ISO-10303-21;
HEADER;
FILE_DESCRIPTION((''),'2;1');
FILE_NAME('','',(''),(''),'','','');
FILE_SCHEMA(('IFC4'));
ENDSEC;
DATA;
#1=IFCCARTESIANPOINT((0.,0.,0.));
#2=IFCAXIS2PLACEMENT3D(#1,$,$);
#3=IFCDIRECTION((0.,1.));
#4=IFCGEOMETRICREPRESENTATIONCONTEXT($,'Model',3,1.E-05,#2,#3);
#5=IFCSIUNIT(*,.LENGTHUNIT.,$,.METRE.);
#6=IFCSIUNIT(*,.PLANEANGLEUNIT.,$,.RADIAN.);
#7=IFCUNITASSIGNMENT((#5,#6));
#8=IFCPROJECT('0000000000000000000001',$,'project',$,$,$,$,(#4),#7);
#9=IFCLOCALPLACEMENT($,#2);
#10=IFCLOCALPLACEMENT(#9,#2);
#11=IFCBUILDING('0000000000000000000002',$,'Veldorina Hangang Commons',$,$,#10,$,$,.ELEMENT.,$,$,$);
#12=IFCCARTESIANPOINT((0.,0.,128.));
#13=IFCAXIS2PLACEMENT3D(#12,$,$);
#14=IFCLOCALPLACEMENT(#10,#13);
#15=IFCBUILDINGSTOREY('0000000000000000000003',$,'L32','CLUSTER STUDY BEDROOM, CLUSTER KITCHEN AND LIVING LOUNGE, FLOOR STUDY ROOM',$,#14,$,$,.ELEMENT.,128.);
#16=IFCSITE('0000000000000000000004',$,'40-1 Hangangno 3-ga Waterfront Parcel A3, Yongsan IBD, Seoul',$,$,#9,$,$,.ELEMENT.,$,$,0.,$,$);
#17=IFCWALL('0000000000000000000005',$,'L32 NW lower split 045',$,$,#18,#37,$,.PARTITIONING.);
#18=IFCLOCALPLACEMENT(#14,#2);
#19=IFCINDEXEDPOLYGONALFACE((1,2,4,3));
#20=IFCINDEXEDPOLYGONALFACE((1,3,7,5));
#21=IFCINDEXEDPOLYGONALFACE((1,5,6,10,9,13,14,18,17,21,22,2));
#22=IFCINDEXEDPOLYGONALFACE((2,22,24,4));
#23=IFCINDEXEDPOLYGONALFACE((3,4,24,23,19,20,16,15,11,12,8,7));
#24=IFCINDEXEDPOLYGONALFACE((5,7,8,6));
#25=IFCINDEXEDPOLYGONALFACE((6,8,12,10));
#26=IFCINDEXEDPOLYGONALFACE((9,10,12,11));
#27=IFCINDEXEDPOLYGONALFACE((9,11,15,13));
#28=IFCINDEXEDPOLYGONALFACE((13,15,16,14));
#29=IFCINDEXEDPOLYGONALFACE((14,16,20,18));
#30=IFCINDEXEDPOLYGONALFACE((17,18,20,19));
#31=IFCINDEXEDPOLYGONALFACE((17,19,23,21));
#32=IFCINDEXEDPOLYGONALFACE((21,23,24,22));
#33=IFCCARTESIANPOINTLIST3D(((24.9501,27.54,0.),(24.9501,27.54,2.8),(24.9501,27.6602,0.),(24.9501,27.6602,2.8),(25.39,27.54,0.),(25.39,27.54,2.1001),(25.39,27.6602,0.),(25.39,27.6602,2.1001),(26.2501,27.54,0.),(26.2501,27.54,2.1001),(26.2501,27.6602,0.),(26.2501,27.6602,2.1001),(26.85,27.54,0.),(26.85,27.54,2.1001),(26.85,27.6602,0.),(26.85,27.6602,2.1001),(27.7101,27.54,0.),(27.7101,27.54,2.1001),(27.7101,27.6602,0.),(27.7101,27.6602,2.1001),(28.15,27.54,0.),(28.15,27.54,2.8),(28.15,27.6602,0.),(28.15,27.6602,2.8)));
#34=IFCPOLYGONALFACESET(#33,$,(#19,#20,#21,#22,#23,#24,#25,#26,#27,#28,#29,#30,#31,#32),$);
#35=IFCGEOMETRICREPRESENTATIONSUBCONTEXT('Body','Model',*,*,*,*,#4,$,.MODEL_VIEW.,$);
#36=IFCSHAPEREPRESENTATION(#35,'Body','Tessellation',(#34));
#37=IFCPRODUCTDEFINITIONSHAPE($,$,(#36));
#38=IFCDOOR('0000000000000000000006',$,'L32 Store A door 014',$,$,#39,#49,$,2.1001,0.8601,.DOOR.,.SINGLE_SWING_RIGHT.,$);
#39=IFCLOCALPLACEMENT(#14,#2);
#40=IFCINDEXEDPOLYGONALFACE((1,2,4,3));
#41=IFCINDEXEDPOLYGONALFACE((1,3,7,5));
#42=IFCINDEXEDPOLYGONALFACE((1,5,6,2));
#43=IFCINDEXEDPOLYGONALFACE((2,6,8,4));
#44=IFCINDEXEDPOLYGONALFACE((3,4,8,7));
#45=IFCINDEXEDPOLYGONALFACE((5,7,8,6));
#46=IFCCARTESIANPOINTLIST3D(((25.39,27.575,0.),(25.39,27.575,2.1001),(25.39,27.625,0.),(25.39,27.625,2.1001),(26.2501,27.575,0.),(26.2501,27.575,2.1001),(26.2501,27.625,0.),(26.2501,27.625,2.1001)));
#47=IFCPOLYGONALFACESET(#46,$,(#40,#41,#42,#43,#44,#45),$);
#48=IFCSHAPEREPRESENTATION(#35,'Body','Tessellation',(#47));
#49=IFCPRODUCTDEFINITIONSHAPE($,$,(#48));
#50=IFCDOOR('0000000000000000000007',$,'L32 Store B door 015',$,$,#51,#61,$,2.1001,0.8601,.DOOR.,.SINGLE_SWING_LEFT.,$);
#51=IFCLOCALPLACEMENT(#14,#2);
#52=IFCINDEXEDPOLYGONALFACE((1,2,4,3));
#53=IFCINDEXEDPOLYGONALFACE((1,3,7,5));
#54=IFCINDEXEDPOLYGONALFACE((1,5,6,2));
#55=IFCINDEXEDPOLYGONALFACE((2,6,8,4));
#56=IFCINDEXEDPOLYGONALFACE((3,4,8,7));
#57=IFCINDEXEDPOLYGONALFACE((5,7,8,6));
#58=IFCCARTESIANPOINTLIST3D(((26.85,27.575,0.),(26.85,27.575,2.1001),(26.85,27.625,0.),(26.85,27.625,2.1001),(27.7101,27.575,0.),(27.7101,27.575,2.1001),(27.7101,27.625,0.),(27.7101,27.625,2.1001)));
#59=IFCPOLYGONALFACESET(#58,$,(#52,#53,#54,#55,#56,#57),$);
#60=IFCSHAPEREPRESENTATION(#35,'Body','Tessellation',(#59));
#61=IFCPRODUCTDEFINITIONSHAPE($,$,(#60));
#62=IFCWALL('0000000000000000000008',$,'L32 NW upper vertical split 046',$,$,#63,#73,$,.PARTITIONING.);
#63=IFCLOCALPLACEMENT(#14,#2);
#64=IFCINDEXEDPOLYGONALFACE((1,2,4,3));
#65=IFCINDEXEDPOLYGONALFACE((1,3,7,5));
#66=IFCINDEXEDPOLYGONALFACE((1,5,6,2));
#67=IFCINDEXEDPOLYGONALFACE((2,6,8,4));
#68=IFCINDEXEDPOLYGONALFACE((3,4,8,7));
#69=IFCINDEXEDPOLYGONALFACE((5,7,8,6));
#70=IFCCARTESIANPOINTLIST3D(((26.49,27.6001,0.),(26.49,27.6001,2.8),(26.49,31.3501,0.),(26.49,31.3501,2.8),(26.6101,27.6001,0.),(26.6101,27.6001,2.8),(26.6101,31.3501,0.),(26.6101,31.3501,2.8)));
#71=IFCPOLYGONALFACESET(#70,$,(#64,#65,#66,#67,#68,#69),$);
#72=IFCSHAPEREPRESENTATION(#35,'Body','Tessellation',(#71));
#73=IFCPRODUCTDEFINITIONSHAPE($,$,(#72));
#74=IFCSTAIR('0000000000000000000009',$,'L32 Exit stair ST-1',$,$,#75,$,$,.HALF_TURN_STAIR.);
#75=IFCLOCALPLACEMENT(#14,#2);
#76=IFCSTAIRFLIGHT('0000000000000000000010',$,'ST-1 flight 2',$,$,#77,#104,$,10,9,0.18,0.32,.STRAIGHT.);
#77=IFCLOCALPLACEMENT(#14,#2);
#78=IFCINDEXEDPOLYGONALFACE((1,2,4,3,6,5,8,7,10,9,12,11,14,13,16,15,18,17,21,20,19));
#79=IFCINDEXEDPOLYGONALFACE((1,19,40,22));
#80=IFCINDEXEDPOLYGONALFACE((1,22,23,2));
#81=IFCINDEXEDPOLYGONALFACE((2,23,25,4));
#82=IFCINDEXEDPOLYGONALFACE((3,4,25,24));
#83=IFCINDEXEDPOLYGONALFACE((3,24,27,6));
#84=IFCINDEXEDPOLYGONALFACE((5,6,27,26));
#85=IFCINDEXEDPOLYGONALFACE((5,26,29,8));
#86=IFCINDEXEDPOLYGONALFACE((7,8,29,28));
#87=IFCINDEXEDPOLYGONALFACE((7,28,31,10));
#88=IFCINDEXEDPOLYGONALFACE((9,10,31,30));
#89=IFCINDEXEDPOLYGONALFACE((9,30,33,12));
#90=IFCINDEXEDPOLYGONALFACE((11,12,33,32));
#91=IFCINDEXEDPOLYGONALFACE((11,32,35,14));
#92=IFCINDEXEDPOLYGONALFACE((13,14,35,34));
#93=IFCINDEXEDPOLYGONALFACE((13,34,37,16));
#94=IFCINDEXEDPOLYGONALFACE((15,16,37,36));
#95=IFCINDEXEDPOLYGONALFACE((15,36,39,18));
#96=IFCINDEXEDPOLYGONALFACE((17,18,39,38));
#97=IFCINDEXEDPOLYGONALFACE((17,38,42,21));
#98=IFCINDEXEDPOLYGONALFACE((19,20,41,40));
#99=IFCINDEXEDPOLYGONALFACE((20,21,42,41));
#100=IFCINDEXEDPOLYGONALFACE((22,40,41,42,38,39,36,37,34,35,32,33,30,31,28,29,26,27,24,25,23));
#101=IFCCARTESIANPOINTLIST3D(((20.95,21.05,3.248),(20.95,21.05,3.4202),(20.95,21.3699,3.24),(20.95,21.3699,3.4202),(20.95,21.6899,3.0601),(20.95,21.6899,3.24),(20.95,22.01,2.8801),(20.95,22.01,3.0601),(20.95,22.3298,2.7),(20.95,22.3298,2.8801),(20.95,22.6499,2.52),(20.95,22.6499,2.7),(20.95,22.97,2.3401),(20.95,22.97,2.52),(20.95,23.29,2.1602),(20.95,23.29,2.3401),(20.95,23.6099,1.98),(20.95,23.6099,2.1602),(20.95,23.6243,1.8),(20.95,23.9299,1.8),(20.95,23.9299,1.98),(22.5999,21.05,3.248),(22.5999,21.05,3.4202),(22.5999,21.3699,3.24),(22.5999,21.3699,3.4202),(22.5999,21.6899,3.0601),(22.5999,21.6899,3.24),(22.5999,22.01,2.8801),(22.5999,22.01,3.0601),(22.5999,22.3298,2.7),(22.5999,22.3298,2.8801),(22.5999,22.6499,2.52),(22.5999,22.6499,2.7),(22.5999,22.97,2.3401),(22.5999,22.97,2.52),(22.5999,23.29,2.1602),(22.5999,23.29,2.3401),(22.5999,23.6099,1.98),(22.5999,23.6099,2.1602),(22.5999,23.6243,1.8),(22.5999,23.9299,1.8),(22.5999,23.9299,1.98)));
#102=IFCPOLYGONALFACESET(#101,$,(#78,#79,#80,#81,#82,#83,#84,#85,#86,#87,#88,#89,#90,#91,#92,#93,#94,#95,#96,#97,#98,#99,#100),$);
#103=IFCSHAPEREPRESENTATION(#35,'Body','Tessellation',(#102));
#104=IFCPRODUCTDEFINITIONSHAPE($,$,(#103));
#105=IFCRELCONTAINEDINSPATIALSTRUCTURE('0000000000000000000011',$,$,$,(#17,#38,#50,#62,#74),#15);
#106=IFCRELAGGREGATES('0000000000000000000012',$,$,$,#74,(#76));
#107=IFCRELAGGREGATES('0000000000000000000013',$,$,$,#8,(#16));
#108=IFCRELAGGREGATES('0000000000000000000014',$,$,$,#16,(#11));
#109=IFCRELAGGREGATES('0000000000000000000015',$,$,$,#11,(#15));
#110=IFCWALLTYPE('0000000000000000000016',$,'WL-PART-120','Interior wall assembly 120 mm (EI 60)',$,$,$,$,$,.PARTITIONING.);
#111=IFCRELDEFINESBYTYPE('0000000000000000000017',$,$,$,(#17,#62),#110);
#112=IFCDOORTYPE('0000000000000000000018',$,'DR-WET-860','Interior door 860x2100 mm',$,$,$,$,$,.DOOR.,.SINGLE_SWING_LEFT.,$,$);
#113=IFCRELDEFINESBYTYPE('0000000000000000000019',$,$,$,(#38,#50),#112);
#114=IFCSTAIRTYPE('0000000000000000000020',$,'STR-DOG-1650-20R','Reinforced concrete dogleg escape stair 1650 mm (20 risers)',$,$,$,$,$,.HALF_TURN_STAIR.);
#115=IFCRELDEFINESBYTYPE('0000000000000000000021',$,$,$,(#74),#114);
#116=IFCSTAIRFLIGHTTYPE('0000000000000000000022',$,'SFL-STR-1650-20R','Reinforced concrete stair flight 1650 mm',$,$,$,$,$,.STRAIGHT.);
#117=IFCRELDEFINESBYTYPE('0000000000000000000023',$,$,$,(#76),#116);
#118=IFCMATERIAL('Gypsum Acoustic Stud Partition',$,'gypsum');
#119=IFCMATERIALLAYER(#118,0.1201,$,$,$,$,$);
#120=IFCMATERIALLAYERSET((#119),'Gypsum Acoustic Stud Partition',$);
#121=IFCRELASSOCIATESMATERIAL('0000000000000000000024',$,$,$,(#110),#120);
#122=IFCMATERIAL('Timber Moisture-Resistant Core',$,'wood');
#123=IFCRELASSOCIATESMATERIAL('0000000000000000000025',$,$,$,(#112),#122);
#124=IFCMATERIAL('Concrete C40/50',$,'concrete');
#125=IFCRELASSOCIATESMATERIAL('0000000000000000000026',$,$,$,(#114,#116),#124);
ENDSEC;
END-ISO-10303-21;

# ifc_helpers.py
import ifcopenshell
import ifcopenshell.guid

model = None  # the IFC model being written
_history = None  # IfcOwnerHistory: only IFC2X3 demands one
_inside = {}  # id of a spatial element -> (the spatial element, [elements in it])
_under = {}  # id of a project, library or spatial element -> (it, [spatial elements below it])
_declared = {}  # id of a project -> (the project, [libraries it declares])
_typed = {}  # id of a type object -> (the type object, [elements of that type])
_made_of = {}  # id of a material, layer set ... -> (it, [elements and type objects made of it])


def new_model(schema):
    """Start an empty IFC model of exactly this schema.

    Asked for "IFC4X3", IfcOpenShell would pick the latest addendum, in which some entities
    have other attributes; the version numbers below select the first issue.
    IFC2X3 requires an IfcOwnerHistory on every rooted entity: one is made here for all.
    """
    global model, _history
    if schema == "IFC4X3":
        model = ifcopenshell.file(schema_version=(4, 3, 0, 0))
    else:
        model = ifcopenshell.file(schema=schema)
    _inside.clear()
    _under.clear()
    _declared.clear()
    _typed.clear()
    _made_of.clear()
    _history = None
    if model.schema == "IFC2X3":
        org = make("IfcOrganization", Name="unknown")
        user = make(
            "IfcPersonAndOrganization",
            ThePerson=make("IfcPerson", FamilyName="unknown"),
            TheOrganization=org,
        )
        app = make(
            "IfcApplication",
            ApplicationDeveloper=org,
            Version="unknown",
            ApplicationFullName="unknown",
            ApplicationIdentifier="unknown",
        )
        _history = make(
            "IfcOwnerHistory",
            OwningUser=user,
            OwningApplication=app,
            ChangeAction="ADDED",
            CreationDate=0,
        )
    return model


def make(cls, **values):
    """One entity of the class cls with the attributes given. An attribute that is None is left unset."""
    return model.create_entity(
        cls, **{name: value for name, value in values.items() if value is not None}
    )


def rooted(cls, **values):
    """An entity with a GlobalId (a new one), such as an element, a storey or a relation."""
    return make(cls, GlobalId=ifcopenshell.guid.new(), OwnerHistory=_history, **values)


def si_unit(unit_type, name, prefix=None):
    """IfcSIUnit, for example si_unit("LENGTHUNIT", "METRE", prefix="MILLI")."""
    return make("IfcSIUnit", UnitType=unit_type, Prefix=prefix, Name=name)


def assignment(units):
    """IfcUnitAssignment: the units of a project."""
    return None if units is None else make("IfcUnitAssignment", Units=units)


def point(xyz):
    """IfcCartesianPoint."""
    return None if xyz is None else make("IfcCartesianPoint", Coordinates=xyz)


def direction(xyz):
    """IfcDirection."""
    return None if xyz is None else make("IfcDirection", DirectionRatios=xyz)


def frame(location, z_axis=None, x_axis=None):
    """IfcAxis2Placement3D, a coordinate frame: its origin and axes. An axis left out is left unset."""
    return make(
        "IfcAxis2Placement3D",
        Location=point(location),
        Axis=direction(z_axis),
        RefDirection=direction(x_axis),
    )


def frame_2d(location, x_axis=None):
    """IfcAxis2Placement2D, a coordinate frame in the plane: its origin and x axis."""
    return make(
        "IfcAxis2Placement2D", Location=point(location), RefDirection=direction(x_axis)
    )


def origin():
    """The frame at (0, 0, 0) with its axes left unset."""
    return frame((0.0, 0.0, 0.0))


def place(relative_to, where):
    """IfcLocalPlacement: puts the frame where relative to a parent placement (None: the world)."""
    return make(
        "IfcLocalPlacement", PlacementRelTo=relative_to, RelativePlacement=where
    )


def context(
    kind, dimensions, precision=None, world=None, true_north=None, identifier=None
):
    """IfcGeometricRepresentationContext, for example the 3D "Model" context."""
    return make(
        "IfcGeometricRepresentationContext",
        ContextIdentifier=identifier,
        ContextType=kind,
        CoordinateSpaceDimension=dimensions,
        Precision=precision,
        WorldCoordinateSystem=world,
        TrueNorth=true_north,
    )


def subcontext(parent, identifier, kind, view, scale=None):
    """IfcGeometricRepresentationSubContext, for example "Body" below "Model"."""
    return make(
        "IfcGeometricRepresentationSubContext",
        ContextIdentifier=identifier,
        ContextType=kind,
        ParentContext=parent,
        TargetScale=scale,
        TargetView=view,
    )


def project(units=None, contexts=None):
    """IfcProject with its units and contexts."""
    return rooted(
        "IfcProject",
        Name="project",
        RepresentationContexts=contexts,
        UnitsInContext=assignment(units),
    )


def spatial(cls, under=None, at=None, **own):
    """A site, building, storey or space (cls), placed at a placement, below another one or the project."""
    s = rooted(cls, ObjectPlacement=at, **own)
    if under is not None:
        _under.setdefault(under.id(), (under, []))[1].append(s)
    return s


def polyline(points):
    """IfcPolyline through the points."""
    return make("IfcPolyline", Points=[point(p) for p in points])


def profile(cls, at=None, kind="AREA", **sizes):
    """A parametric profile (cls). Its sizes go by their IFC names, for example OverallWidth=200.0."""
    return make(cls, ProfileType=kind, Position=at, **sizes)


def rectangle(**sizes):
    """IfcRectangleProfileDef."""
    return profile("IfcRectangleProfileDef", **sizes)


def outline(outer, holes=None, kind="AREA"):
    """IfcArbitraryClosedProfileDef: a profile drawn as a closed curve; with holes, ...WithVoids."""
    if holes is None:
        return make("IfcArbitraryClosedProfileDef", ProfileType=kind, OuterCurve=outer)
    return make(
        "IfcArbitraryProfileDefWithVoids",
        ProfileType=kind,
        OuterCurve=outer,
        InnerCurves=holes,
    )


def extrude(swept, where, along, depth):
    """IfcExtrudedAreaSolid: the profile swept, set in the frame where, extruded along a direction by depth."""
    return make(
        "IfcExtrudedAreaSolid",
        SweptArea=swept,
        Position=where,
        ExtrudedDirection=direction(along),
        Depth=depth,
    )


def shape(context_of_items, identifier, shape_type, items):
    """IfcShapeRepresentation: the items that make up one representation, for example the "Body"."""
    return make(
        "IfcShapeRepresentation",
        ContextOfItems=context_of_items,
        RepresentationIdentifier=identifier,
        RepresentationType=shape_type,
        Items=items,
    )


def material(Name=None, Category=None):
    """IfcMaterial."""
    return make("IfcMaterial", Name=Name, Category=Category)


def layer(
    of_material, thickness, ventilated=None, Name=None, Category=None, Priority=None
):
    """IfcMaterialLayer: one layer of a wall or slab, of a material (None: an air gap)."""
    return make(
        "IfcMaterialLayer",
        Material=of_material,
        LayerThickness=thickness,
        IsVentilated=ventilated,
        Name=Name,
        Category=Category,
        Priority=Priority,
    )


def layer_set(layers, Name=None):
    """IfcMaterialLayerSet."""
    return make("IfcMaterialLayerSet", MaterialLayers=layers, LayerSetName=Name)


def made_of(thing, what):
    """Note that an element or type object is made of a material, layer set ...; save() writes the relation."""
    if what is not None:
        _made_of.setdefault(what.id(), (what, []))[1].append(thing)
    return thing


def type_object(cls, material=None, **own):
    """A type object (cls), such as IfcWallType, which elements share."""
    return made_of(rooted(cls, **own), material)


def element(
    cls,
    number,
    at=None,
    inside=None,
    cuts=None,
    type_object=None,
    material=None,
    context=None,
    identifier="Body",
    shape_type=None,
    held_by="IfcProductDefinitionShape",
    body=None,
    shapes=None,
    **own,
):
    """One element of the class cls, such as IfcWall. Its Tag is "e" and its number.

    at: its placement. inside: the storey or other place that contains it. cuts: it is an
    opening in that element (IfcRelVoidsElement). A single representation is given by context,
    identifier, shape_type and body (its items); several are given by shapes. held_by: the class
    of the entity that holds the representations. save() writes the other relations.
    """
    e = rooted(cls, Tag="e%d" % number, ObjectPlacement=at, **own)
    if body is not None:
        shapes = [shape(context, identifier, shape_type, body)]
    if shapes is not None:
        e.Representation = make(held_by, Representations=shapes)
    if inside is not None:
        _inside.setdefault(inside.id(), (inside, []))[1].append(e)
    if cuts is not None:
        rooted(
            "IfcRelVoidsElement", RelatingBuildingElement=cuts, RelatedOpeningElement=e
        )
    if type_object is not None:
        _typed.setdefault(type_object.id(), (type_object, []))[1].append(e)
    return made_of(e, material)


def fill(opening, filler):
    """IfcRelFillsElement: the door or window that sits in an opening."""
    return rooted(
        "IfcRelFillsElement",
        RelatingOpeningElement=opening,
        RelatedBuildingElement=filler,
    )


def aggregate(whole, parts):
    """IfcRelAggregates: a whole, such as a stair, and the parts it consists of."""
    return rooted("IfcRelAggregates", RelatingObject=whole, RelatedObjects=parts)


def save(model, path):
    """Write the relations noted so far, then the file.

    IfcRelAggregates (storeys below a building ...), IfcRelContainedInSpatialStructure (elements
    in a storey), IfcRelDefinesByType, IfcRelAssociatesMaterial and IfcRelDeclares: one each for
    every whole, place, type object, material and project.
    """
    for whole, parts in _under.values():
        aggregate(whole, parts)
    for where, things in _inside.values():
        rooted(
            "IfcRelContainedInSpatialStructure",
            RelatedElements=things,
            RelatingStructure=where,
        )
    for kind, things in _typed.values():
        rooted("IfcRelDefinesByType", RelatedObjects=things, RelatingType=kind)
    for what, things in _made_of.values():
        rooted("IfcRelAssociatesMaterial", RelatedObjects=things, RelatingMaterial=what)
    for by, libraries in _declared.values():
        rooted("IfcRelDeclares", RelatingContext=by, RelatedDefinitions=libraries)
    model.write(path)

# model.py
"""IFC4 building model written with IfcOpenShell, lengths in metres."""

from ifc_helpers import new_model, si_unit, direction, frame, frame_2d, origin, place, context, subcontext, project, spatial, polyline, rectangle, outline, extrude, material, layer, layer_set, type_object, element, fill, aggregate, save


model = new_model("IFC4")

# Units and contexts
model_context = context("Model", 3, precision=1e-05, world=origin(), true_north=direction((0.0, 1.0)))
body_context = subcontext(model_context, "Body", "Model", "MODEL_VIEW")
ifc_project = project(units=[si_unit("LENGTHUNIT", "METRE"), si_unit("PLANEANGLEUNIT", "RADIAN")], contexts=[model_context])

# Site, building, storey
site_placement = place(None, origin())
site = spatial("IfcSite", under=ifc_project, at=site_placement, Name="40-1 Hangangno 3-ga Waterfront Parcel A3, Yongsan IBD, Seoul", CompositionType="ELEMENT", RefElevation=0.0)
building_placement = place(site_placement, origin())
building = spatial("IfcBuilding", under=site, at=building_placement, Name="Veldorina Hangang Commons", CompositionType="ELEMENT")
storey_placement = place(building_placement, frame((0.0, 0.0, 128.0)))
storey = spatial("IfcBuildingStorey", under=building, at=storey_placement, Name="L32", Description="CLUSTER STUDY BEDROOM, CLUSTER KITCHEN AND LIVING LOUNGE, FLOOR STUDY ROOM", CompositionType="ELEMENT", Elevation=128.0)

# Shared definitions
ifc_material_1 = material(Name="Gypsum Acoustic Stud Partition", Category="gypsum")
ifc_layer_1 = layer(ifc_material_1, 0.1201)
ifc_layer_set_1 = layer_set([ifc_layer_1], Name="Gypsum Acoustic Stud Partition")
wall_type_1 = type_object("IfcWallType", Name="WL-PART-120", Description="Interior wall assembly 120 mm (EI 60)", PredefinedType="PARTITIONING", material=ifc_layer_set_1)

# Wall, openings, doors
wall_1_placement = place(storey_placement, frame((24.95, 27.6001, 0.0), z_axis=(0.0, 0.0, 1.0), x_axis=(1.0, 0.0, 0.0)))
wall_1 = element("IfcWall", 1, at=wall_1_placement, inside=storey, type_object=wall_type_1, Name="L32 NW lower split 045", PredefinedType="PARTITIONING", context=body_context, shape_type="SweptSolid", body=[
    extrude(rectangle(XDim=3.2, YDim=0.1201, at=frame_2d((1.6001, 0.0))), origin(), (0.0, 0.0, 1.0), 2.8),
])
opening_1_placement = place(wall_1_placement, frame((0.4399, 0.0, 0.0)))
opening_1 = element("IfcOpeningElement", 2, at=opening_1_placement, cuts=wall_1, PredefinedType="OPENING", context=body_context, shape_type="SweptSolid", body=[
    extrude(rectangle(XDim=0.8601, YDim=2.1001, at=frame_2d((0.4302, 1.05))), frame((0.0, 0.0701, 0.0), z_axis=(0.0, -1.0, 0.0), x_axis=(1.0, 0.0, 0.0)), (0.0, 0.0, 1.0), 0.1401),
])
opening_2_placement = place(wall_1_placement, frame((1.8999, 0.0, 0.0)))
opening_2 = element("IfcOpeningElement", 3, at=opening_2_placement, cuts=wall_1, PredefinedType="OPENING", context=body_context, shape_type="SweptSolid", body=[
    extrude(rectangle(XDim=0.8601, YDim=2.1001, at=frame_2d((0.4302, 1.05))), frame((0.0, 0.0701, 0.0), z_axis=(0.0, -1.0, 0.0), x_axis=(1.0, 0.0, 0.0)), (0.0, 0.0, 1.0), 0.1401),
])
ifc_material_2 = material(Name="Timber Moisture-Resistant Core", Category="wood")
door_type_1 = type_object("IfcDoorType", Name="DR-WET-860", Description="Interior door 860x2100 mm", OperationType="SINGLE_SWING_LEFT", PredefinedType="DOOR", material=ifc_material_2)
door_1_placement = place(opening_1_placement, origin())
door_1 = element("IfcDoor", 4, at=door_1_placement, inside=storey, type_object=door_type_1, Name="L32 Store A door 014", OperationType="SINGLE_SWING_RIGHT", OverallHeight=2.1001, OverallWidth=0.8601, PredefinedType="DOOR", context=body_context, shape_type="SweptSolid", body=[
    extrude(rectangle(XDim=0.8601, YDim=2.1001, at=frame_2d((0.4302, 1.05))), frame((0.0, 0.0249, 0.0), z_axis=(0.0, -1.0, 0.0), x_axis=(1.0, 0.0, 0.0)), (0.0, 0.0, 1.0), 0.05),
])
fill(opening_1, door_1)
door_2_placement = place(opening_2_placement, origin())
door_2 = element("IfcDoor", 5, at=door_2_placement, inside=storey, type_object=door_type_1, Name="L32 Store B door 015", OperationType="SINGLE_SWING_LEFT", OverallHeight=2.1001, OverallWidth=0.8601, PredefinedType="DOOR", context=body_context, shape_type="SweptSolid", body=[
    extrude(rectangle(XDim=0.8601, YDim=2.1001, at=frame_2d((0.4302, 1.05))), frame((0.0, 0.0249, 0.0), z_axis=(0.0, -1.0, 0.0), x_axis=(1.0, 0.0, 0.0)), (0.0, 0.0, 1.0), 0.05),
])
fill(opening_2, door_2)

# Wall
wall_2_placement = place(storey_placement, frame((26.55, 27.6001, 0.0), z_axis=(0.0, 0.0, 1.0), x_axis=(0.0, 1.0, 0.0)))
element("IfcWall", 6, at=wall_2_placement, inside=storey, type_object=wall_type_1, Name="L32 NW upper vertical split 046", PredefinedType="PARTITIONING", context=body_context, shape_type="SweptSolid", body=[
    extrude(rectangle(XDim=3.75, YDim=0.1201, at=frame_2d((1.875, 0.0))), origin(), (0.0, 0.0, 1.0), 2.8),
])

# Stair, stair flight
ifc_material_3 = material(Name="Concrete C40/50", Category="concrete")
stair_type = type_object("IfcStairType", Name="STR-DOG-1650-20R", Description="Reinforced concrete dogleg escape stair 1650 mm (20 risers)", PredefinedType="HALF_TURN_STAIR", material=ifc_material_3)
stair_placement = place(storey_placement, origin())
stair = element("IfcStair", 7, at=stair_placement, inside=storey, type_object=stair_type, Name="L32 Exit stair ST-1", PredefinedType="HALF_TURN_STAIR")
stair_flight_type = type_object("IfcStairFlightType", Name="SFL-STR-1650-20R", Description="Reinforced concrete stair flight 1650 mm", PredefinedType="STRAIGHT", material=ifc_material_3)
stair_flight_placement = place(storey_placement, frame((21.7749, 23.9299, 1.8), z_axis=(0.0, 0.0, 1.0), x_axis=(0.0, -1.0, 0.0)))
stair_flight = element("IfcStairFlight", 8, at=stair_flight_placement, type_object=stair_flight_type, Name="ST-1 flight 2", NumberOfRisers=10, NumberOfTreads=9, PredefinedType="STRAIGHT", RiserHeight=0.18, TreadLength=0.32, context=body_context, shape_type="SweptSolid", body=[
    extrude(outline(polyline([(0.0, 0.0), (0.0, 0.1799), (0.3201, 0.1799), (0.3201, 0.3601), (0.6399, 0.3601), (0.6399, 0.54), (0.96, 0.54), (0.96, 0.72), (1.28, 0.72), (1.28, 0.8999), (1.6001, 0.8999), (1.6001, 1.0801), (1.9199, 1.0801), (1.9199, 1.26), (2.24, 1.26), (2.24, 1.4399), (2.5601, 1.4399), (2.5601, 1.6201), (2.8799, 1.6201), (2.8799, 1.8), (2.8799, 1.448), (0.3057, 0.0), (0.0, 0.0)])), frame((0.0, 0.825, 0.0), z_axis=(0.0, -1.0, 0.0), x_axis=(1.0, 0.0, 0.0)), (0.0, 0.0, 1.0), 1.6499),
])
aggregate(stair, [stair_flight])

save(model, "model.ifc")
